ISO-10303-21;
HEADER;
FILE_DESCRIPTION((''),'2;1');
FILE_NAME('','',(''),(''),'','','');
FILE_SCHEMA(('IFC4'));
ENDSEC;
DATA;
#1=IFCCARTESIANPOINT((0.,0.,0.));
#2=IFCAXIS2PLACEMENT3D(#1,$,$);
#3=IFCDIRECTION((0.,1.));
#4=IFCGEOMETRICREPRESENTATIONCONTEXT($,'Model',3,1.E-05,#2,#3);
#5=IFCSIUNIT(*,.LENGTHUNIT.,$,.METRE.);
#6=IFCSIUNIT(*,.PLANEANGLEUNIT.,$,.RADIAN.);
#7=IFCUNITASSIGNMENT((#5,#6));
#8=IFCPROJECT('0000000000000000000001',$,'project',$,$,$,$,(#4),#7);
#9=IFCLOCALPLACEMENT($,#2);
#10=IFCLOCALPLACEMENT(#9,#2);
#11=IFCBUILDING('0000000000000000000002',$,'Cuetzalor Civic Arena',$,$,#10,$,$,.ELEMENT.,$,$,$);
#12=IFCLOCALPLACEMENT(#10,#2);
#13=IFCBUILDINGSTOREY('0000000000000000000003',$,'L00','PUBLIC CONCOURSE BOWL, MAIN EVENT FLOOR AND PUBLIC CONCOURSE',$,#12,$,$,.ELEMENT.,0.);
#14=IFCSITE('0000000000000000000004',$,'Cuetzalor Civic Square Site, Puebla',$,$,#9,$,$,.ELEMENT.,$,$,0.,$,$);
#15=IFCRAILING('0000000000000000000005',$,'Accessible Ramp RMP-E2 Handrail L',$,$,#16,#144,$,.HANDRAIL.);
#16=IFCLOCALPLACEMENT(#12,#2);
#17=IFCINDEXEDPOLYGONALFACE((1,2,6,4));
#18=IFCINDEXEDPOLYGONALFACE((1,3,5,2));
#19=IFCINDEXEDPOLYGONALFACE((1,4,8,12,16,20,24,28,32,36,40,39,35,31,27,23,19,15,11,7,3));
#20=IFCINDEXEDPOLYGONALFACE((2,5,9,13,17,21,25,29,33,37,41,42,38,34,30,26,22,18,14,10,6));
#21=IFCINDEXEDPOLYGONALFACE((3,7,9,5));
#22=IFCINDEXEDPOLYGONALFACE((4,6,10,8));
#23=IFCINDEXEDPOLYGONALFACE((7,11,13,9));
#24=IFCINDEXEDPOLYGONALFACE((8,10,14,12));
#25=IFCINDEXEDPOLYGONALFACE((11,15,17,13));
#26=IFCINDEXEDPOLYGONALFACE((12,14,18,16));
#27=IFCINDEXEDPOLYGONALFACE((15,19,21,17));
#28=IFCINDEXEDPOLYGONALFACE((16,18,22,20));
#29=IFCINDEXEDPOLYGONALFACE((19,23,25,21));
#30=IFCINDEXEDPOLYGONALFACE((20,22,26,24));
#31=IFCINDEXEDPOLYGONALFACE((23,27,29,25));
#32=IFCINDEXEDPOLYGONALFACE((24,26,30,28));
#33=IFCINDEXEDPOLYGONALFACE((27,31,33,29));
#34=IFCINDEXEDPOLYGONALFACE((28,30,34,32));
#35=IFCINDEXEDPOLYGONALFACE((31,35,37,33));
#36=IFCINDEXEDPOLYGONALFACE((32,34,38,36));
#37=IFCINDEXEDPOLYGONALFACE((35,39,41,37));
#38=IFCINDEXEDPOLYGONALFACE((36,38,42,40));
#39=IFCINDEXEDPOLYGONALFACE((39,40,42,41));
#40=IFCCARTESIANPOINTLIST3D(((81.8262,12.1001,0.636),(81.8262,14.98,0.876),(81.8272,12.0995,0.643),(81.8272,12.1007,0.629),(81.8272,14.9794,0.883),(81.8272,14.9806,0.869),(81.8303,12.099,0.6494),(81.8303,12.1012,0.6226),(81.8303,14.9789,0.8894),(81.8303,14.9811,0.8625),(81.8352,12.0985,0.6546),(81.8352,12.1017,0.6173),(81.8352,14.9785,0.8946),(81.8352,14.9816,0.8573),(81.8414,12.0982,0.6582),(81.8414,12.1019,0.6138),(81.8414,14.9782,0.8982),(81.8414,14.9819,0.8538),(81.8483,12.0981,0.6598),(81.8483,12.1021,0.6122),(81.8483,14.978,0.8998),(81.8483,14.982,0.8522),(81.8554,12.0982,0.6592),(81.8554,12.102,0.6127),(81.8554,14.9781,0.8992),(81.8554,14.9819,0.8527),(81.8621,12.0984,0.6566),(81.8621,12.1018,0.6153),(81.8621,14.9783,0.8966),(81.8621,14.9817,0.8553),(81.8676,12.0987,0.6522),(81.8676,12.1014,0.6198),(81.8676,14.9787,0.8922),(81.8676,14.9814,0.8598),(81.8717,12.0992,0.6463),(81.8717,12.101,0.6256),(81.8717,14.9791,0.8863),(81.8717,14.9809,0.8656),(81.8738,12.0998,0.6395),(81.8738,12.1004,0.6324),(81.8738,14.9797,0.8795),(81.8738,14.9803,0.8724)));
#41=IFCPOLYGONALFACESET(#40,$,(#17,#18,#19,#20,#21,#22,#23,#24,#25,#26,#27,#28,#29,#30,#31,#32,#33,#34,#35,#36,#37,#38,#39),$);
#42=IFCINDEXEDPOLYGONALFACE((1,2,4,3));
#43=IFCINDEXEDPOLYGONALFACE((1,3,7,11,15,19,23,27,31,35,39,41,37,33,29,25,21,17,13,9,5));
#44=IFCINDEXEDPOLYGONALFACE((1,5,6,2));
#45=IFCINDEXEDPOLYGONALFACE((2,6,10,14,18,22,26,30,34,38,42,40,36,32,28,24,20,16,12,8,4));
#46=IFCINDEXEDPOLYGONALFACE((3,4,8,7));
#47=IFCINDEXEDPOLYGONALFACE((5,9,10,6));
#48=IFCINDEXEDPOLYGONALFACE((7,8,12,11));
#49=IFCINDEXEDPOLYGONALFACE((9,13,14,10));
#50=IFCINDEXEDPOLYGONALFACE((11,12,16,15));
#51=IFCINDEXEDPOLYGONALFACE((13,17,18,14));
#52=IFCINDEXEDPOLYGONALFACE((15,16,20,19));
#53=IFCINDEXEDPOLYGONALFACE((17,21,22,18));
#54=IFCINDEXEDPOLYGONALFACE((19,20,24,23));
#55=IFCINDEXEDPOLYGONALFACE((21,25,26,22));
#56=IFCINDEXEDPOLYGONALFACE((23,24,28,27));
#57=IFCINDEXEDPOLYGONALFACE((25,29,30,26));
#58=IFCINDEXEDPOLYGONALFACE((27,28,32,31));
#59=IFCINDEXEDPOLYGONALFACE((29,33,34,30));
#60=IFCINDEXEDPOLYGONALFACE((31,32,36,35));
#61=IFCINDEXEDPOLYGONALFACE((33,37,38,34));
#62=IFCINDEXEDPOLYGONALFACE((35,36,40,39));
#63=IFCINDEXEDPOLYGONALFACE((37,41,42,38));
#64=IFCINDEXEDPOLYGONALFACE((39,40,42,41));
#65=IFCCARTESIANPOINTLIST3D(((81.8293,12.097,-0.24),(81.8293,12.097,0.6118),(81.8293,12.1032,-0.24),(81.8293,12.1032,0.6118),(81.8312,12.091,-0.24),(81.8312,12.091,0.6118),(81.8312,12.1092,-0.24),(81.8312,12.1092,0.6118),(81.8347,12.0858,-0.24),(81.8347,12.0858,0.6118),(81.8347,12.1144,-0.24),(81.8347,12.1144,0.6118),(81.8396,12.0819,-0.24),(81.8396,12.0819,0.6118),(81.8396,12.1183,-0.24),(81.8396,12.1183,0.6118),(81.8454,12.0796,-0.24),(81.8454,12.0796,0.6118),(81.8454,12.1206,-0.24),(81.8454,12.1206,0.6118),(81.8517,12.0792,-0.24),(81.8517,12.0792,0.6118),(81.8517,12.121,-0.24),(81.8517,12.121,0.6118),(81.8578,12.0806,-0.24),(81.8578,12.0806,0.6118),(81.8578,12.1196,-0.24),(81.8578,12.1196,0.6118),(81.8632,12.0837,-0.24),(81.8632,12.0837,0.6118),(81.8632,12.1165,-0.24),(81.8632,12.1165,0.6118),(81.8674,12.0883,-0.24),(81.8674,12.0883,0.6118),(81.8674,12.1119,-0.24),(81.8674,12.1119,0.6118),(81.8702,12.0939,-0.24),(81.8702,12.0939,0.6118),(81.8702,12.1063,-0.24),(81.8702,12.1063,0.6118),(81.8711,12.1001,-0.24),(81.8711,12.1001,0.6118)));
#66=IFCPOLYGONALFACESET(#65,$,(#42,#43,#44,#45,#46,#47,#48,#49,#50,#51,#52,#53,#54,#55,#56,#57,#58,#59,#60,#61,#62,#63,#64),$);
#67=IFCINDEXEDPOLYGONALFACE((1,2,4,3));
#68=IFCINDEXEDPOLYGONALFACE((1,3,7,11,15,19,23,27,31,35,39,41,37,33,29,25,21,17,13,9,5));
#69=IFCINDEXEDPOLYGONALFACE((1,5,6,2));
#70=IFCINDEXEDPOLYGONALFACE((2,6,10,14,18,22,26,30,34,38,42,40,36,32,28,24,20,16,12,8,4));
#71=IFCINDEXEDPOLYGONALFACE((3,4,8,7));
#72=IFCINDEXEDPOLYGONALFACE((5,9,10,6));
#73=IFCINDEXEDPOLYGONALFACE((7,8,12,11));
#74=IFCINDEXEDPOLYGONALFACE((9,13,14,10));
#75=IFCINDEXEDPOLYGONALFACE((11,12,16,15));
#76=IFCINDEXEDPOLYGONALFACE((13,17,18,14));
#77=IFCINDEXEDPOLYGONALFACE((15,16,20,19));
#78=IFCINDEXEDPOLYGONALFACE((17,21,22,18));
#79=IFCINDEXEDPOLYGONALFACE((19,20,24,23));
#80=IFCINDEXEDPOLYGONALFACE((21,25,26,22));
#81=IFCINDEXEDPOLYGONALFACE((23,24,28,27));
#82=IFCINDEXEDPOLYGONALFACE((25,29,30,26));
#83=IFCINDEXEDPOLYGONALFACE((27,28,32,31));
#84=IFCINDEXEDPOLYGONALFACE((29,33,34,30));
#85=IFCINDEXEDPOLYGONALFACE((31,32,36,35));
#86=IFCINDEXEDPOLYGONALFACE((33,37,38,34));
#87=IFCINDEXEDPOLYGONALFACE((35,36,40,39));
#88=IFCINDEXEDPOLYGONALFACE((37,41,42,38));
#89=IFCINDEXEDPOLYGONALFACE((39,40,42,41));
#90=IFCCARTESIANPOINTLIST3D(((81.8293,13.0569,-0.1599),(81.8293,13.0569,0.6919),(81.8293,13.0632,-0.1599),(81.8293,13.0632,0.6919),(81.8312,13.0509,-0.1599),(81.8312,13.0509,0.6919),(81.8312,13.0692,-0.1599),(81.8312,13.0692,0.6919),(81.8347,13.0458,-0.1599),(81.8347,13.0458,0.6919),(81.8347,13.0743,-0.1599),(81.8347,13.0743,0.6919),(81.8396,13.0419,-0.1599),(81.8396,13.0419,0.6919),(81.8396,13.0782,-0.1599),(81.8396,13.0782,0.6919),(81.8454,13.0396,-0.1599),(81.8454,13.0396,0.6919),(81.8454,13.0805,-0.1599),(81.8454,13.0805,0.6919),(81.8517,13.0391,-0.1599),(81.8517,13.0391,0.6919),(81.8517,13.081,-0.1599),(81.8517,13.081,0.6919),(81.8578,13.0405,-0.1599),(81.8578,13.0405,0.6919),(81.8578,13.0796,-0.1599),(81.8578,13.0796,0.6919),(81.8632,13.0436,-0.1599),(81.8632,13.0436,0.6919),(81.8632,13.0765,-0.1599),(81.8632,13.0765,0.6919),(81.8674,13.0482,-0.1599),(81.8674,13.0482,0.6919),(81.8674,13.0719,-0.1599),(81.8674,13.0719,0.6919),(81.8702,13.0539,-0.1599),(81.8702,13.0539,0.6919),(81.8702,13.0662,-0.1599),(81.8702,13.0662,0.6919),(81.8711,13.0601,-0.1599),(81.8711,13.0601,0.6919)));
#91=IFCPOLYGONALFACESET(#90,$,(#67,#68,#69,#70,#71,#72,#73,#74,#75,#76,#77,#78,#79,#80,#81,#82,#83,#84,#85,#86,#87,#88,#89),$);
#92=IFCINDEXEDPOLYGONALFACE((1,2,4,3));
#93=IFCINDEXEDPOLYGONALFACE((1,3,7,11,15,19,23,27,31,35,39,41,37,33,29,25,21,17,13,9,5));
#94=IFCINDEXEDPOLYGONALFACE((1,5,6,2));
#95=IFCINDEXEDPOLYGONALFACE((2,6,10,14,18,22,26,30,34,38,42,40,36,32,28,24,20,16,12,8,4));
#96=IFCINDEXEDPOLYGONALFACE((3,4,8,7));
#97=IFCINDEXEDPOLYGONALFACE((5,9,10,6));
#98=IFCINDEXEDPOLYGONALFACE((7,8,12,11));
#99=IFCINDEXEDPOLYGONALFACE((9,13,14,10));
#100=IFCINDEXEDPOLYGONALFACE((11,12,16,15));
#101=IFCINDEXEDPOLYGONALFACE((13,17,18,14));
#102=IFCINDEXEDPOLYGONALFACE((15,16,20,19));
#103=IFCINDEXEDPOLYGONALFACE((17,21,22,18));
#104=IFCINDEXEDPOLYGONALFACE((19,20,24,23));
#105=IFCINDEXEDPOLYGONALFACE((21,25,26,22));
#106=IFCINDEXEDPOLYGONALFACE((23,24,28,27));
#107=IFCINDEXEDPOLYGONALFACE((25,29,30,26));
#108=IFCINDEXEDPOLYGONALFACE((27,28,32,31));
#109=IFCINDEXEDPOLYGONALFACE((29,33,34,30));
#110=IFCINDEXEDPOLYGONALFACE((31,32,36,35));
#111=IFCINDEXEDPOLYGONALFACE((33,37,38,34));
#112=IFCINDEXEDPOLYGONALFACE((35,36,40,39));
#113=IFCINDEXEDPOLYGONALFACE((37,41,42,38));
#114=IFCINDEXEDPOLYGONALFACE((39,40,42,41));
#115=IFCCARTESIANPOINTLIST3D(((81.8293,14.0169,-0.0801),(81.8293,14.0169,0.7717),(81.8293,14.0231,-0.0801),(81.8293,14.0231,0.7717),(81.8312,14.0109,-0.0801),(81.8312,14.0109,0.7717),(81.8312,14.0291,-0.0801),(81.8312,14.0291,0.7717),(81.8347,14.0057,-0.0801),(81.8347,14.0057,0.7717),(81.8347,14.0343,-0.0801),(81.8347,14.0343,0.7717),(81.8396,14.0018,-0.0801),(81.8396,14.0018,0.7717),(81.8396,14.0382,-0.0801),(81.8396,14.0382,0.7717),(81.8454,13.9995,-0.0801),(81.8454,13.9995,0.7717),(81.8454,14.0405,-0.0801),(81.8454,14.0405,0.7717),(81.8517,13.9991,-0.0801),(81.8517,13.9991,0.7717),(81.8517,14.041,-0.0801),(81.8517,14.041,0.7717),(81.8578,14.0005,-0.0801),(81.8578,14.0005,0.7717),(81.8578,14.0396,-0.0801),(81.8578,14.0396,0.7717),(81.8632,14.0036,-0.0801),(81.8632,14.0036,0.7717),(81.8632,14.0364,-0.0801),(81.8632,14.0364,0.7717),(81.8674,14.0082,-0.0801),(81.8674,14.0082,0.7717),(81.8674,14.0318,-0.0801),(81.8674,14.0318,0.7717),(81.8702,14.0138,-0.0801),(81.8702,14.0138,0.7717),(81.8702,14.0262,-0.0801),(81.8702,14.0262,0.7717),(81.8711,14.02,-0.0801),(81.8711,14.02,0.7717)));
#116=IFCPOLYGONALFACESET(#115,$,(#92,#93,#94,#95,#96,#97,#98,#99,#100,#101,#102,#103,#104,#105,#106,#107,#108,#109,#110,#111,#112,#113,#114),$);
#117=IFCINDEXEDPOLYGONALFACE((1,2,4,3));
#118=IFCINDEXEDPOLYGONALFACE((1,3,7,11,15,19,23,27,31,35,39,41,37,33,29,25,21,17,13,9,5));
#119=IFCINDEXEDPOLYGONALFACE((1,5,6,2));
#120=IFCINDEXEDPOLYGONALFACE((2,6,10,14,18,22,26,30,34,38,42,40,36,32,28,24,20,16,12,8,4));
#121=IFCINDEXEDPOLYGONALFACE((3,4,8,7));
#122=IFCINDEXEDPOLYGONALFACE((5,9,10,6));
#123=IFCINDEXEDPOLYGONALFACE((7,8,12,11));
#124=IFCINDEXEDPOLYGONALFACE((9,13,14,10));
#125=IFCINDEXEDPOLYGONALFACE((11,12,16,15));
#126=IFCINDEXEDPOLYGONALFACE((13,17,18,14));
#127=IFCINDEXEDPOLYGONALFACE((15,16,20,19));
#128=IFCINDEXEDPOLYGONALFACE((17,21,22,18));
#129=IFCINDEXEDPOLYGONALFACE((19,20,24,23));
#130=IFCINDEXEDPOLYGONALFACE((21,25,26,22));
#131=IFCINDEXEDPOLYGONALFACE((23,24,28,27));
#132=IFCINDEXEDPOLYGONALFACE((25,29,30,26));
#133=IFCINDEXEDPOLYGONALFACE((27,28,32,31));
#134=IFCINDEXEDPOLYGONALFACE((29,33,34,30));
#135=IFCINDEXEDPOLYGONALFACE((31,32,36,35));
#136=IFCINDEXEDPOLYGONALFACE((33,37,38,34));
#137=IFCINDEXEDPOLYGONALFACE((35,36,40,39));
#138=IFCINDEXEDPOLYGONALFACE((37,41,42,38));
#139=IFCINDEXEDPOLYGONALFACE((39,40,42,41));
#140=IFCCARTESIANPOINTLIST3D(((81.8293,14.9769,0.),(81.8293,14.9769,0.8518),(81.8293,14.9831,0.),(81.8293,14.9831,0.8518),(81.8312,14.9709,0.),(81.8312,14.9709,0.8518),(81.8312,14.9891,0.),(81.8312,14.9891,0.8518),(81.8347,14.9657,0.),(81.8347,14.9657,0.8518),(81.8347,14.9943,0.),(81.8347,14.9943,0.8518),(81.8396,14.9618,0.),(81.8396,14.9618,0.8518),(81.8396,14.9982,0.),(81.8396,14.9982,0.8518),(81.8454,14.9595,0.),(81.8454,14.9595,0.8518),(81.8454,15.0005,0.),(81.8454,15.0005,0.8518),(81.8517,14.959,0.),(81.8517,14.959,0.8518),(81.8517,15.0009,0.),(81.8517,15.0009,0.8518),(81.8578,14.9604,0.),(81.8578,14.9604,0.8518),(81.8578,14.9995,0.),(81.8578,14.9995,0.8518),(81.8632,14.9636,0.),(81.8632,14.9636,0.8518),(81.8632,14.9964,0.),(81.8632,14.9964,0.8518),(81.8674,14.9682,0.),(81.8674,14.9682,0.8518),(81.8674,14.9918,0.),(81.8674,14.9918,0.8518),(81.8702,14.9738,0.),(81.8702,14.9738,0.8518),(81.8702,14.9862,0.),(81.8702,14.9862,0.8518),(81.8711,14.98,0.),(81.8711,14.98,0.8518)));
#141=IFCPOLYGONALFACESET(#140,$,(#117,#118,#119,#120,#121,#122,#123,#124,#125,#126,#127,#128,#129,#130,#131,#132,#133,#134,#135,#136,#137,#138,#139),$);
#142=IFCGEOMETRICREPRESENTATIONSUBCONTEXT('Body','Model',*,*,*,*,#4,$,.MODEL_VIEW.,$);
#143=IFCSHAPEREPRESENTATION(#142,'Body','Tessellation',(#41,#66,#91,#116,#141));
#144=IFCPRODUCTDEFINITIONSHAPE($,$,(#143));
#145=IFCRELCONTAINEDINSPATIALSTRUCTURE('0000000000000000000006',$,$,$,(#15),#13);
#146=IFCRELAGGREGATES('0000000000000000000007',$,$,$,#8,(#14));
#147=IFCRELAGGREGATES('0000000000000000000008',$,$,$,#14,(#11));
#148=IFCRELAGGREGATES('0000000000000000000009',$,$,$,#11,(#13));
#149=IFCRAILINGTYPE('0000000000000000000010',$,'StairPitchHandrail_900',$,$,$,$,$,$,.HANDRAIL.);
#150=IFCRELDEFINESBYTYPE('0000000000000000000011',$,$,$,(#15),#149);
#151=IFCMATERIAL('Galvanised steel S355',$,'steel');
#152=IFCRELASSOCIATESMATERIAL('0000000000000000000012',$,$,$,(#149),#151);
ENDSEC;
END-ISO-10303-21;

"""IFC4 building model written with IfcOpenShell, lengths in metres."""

from ifc_helpers import new_model, si_unit, direction, frame, origin, origin_2d, place, context, subcontext, project, spatial, circle, extrude, material, type_object, element, save


model = new_model("IFC4")

# Units and contexts
model_context = context("Model", 3, precision=1e-05, world=origin(), true_north=direction((0.0, 1.0)))
body_context = subcontext(model_context, "Body", "Model", "MODEL_VIEW")
ifc_project = project(units=[si_unit("LENGTHUNIT", "METRE"), si_unit("PLANEANGLEUNIT", "RADIAN")], contexts=[model_context])

# Site, building, storey
site_placement = place(None, origin())
site = spatial("IfcSite", under=ifc_project, at=site_placement, Name="Cuetzalor Civic Square Site, Puebla", CompositionType="ELEMENT", RefElevation=0.0)
building_placement = place(site_placement, origin())
building = spatial("IfcBuilding", under=site, at=building_placement, Name="Cuetzalor Civic Arena", CompositionType="ELEMENT")
storey_placement = place(building_placement, origin())
storey = spatial("IfcBuildingStorey", under=building, at=storey_placement, Name="L00", Description="PUBLIC CONCOURSE BOWL, MAIN EVENT FLOOR AND PUBLIC CONCOURSE", CompositionType="ELEMENT", Elevation=0.0)

# Railing
ifc_material_1 = material(Name="Galvanised steel S355", Category="steel")
railing_type = type_object("IfcRailingType", Name="StairPitchHandrail_900", PredefinedType="HANDRAIL", material=ifc_material_1)
for number, where, name in (
    (1, (81.8501, 12.1001, -0.24), "Accessible Ramp RMP-E2 Handrail L"),
):
    element("IfcRailing", number, at=place(storey_placement, frame(where)), inside=storey, type_object=railing_type, Name=name, PredefinedType="HANDRAIL", context=body_context, shape_type="SweptSolid", body=[
        extrude(circle(Radius=0.0239, at=origin_2d()), frame((0.0, 0.0, 0.876), z_axis=(0.0, 0.996546, 0.083045), x_axis=(-1.0, 0.0, 0.0)), (0.0, 0.0, 1.0), 2.8899),
        extrude(circle(Radius=0.021, at=origin_2d()), origin(), (0.0, 0.0, 1.0), 0.8518),
        extrude(circle(Radius=0.021, at=origin_2d()), frame((0.0, 0.96, 0.0801)), (0.0, 0.0, 1.0), 0.8518),
        extrude(circle(Radius=0.021, at=origin_2d()), frame((0.0, 1.9199, 0.1599)), (0.0, 0.0, 1.0), 0.8518),
        extrude(circle(Radius=0.021, at=origin_2d()), frame((0.0, 2.8799, 0.24)), (0.0, 0.0, 1.0), 0.8518),
    ])

save(model, "model.ifc")
